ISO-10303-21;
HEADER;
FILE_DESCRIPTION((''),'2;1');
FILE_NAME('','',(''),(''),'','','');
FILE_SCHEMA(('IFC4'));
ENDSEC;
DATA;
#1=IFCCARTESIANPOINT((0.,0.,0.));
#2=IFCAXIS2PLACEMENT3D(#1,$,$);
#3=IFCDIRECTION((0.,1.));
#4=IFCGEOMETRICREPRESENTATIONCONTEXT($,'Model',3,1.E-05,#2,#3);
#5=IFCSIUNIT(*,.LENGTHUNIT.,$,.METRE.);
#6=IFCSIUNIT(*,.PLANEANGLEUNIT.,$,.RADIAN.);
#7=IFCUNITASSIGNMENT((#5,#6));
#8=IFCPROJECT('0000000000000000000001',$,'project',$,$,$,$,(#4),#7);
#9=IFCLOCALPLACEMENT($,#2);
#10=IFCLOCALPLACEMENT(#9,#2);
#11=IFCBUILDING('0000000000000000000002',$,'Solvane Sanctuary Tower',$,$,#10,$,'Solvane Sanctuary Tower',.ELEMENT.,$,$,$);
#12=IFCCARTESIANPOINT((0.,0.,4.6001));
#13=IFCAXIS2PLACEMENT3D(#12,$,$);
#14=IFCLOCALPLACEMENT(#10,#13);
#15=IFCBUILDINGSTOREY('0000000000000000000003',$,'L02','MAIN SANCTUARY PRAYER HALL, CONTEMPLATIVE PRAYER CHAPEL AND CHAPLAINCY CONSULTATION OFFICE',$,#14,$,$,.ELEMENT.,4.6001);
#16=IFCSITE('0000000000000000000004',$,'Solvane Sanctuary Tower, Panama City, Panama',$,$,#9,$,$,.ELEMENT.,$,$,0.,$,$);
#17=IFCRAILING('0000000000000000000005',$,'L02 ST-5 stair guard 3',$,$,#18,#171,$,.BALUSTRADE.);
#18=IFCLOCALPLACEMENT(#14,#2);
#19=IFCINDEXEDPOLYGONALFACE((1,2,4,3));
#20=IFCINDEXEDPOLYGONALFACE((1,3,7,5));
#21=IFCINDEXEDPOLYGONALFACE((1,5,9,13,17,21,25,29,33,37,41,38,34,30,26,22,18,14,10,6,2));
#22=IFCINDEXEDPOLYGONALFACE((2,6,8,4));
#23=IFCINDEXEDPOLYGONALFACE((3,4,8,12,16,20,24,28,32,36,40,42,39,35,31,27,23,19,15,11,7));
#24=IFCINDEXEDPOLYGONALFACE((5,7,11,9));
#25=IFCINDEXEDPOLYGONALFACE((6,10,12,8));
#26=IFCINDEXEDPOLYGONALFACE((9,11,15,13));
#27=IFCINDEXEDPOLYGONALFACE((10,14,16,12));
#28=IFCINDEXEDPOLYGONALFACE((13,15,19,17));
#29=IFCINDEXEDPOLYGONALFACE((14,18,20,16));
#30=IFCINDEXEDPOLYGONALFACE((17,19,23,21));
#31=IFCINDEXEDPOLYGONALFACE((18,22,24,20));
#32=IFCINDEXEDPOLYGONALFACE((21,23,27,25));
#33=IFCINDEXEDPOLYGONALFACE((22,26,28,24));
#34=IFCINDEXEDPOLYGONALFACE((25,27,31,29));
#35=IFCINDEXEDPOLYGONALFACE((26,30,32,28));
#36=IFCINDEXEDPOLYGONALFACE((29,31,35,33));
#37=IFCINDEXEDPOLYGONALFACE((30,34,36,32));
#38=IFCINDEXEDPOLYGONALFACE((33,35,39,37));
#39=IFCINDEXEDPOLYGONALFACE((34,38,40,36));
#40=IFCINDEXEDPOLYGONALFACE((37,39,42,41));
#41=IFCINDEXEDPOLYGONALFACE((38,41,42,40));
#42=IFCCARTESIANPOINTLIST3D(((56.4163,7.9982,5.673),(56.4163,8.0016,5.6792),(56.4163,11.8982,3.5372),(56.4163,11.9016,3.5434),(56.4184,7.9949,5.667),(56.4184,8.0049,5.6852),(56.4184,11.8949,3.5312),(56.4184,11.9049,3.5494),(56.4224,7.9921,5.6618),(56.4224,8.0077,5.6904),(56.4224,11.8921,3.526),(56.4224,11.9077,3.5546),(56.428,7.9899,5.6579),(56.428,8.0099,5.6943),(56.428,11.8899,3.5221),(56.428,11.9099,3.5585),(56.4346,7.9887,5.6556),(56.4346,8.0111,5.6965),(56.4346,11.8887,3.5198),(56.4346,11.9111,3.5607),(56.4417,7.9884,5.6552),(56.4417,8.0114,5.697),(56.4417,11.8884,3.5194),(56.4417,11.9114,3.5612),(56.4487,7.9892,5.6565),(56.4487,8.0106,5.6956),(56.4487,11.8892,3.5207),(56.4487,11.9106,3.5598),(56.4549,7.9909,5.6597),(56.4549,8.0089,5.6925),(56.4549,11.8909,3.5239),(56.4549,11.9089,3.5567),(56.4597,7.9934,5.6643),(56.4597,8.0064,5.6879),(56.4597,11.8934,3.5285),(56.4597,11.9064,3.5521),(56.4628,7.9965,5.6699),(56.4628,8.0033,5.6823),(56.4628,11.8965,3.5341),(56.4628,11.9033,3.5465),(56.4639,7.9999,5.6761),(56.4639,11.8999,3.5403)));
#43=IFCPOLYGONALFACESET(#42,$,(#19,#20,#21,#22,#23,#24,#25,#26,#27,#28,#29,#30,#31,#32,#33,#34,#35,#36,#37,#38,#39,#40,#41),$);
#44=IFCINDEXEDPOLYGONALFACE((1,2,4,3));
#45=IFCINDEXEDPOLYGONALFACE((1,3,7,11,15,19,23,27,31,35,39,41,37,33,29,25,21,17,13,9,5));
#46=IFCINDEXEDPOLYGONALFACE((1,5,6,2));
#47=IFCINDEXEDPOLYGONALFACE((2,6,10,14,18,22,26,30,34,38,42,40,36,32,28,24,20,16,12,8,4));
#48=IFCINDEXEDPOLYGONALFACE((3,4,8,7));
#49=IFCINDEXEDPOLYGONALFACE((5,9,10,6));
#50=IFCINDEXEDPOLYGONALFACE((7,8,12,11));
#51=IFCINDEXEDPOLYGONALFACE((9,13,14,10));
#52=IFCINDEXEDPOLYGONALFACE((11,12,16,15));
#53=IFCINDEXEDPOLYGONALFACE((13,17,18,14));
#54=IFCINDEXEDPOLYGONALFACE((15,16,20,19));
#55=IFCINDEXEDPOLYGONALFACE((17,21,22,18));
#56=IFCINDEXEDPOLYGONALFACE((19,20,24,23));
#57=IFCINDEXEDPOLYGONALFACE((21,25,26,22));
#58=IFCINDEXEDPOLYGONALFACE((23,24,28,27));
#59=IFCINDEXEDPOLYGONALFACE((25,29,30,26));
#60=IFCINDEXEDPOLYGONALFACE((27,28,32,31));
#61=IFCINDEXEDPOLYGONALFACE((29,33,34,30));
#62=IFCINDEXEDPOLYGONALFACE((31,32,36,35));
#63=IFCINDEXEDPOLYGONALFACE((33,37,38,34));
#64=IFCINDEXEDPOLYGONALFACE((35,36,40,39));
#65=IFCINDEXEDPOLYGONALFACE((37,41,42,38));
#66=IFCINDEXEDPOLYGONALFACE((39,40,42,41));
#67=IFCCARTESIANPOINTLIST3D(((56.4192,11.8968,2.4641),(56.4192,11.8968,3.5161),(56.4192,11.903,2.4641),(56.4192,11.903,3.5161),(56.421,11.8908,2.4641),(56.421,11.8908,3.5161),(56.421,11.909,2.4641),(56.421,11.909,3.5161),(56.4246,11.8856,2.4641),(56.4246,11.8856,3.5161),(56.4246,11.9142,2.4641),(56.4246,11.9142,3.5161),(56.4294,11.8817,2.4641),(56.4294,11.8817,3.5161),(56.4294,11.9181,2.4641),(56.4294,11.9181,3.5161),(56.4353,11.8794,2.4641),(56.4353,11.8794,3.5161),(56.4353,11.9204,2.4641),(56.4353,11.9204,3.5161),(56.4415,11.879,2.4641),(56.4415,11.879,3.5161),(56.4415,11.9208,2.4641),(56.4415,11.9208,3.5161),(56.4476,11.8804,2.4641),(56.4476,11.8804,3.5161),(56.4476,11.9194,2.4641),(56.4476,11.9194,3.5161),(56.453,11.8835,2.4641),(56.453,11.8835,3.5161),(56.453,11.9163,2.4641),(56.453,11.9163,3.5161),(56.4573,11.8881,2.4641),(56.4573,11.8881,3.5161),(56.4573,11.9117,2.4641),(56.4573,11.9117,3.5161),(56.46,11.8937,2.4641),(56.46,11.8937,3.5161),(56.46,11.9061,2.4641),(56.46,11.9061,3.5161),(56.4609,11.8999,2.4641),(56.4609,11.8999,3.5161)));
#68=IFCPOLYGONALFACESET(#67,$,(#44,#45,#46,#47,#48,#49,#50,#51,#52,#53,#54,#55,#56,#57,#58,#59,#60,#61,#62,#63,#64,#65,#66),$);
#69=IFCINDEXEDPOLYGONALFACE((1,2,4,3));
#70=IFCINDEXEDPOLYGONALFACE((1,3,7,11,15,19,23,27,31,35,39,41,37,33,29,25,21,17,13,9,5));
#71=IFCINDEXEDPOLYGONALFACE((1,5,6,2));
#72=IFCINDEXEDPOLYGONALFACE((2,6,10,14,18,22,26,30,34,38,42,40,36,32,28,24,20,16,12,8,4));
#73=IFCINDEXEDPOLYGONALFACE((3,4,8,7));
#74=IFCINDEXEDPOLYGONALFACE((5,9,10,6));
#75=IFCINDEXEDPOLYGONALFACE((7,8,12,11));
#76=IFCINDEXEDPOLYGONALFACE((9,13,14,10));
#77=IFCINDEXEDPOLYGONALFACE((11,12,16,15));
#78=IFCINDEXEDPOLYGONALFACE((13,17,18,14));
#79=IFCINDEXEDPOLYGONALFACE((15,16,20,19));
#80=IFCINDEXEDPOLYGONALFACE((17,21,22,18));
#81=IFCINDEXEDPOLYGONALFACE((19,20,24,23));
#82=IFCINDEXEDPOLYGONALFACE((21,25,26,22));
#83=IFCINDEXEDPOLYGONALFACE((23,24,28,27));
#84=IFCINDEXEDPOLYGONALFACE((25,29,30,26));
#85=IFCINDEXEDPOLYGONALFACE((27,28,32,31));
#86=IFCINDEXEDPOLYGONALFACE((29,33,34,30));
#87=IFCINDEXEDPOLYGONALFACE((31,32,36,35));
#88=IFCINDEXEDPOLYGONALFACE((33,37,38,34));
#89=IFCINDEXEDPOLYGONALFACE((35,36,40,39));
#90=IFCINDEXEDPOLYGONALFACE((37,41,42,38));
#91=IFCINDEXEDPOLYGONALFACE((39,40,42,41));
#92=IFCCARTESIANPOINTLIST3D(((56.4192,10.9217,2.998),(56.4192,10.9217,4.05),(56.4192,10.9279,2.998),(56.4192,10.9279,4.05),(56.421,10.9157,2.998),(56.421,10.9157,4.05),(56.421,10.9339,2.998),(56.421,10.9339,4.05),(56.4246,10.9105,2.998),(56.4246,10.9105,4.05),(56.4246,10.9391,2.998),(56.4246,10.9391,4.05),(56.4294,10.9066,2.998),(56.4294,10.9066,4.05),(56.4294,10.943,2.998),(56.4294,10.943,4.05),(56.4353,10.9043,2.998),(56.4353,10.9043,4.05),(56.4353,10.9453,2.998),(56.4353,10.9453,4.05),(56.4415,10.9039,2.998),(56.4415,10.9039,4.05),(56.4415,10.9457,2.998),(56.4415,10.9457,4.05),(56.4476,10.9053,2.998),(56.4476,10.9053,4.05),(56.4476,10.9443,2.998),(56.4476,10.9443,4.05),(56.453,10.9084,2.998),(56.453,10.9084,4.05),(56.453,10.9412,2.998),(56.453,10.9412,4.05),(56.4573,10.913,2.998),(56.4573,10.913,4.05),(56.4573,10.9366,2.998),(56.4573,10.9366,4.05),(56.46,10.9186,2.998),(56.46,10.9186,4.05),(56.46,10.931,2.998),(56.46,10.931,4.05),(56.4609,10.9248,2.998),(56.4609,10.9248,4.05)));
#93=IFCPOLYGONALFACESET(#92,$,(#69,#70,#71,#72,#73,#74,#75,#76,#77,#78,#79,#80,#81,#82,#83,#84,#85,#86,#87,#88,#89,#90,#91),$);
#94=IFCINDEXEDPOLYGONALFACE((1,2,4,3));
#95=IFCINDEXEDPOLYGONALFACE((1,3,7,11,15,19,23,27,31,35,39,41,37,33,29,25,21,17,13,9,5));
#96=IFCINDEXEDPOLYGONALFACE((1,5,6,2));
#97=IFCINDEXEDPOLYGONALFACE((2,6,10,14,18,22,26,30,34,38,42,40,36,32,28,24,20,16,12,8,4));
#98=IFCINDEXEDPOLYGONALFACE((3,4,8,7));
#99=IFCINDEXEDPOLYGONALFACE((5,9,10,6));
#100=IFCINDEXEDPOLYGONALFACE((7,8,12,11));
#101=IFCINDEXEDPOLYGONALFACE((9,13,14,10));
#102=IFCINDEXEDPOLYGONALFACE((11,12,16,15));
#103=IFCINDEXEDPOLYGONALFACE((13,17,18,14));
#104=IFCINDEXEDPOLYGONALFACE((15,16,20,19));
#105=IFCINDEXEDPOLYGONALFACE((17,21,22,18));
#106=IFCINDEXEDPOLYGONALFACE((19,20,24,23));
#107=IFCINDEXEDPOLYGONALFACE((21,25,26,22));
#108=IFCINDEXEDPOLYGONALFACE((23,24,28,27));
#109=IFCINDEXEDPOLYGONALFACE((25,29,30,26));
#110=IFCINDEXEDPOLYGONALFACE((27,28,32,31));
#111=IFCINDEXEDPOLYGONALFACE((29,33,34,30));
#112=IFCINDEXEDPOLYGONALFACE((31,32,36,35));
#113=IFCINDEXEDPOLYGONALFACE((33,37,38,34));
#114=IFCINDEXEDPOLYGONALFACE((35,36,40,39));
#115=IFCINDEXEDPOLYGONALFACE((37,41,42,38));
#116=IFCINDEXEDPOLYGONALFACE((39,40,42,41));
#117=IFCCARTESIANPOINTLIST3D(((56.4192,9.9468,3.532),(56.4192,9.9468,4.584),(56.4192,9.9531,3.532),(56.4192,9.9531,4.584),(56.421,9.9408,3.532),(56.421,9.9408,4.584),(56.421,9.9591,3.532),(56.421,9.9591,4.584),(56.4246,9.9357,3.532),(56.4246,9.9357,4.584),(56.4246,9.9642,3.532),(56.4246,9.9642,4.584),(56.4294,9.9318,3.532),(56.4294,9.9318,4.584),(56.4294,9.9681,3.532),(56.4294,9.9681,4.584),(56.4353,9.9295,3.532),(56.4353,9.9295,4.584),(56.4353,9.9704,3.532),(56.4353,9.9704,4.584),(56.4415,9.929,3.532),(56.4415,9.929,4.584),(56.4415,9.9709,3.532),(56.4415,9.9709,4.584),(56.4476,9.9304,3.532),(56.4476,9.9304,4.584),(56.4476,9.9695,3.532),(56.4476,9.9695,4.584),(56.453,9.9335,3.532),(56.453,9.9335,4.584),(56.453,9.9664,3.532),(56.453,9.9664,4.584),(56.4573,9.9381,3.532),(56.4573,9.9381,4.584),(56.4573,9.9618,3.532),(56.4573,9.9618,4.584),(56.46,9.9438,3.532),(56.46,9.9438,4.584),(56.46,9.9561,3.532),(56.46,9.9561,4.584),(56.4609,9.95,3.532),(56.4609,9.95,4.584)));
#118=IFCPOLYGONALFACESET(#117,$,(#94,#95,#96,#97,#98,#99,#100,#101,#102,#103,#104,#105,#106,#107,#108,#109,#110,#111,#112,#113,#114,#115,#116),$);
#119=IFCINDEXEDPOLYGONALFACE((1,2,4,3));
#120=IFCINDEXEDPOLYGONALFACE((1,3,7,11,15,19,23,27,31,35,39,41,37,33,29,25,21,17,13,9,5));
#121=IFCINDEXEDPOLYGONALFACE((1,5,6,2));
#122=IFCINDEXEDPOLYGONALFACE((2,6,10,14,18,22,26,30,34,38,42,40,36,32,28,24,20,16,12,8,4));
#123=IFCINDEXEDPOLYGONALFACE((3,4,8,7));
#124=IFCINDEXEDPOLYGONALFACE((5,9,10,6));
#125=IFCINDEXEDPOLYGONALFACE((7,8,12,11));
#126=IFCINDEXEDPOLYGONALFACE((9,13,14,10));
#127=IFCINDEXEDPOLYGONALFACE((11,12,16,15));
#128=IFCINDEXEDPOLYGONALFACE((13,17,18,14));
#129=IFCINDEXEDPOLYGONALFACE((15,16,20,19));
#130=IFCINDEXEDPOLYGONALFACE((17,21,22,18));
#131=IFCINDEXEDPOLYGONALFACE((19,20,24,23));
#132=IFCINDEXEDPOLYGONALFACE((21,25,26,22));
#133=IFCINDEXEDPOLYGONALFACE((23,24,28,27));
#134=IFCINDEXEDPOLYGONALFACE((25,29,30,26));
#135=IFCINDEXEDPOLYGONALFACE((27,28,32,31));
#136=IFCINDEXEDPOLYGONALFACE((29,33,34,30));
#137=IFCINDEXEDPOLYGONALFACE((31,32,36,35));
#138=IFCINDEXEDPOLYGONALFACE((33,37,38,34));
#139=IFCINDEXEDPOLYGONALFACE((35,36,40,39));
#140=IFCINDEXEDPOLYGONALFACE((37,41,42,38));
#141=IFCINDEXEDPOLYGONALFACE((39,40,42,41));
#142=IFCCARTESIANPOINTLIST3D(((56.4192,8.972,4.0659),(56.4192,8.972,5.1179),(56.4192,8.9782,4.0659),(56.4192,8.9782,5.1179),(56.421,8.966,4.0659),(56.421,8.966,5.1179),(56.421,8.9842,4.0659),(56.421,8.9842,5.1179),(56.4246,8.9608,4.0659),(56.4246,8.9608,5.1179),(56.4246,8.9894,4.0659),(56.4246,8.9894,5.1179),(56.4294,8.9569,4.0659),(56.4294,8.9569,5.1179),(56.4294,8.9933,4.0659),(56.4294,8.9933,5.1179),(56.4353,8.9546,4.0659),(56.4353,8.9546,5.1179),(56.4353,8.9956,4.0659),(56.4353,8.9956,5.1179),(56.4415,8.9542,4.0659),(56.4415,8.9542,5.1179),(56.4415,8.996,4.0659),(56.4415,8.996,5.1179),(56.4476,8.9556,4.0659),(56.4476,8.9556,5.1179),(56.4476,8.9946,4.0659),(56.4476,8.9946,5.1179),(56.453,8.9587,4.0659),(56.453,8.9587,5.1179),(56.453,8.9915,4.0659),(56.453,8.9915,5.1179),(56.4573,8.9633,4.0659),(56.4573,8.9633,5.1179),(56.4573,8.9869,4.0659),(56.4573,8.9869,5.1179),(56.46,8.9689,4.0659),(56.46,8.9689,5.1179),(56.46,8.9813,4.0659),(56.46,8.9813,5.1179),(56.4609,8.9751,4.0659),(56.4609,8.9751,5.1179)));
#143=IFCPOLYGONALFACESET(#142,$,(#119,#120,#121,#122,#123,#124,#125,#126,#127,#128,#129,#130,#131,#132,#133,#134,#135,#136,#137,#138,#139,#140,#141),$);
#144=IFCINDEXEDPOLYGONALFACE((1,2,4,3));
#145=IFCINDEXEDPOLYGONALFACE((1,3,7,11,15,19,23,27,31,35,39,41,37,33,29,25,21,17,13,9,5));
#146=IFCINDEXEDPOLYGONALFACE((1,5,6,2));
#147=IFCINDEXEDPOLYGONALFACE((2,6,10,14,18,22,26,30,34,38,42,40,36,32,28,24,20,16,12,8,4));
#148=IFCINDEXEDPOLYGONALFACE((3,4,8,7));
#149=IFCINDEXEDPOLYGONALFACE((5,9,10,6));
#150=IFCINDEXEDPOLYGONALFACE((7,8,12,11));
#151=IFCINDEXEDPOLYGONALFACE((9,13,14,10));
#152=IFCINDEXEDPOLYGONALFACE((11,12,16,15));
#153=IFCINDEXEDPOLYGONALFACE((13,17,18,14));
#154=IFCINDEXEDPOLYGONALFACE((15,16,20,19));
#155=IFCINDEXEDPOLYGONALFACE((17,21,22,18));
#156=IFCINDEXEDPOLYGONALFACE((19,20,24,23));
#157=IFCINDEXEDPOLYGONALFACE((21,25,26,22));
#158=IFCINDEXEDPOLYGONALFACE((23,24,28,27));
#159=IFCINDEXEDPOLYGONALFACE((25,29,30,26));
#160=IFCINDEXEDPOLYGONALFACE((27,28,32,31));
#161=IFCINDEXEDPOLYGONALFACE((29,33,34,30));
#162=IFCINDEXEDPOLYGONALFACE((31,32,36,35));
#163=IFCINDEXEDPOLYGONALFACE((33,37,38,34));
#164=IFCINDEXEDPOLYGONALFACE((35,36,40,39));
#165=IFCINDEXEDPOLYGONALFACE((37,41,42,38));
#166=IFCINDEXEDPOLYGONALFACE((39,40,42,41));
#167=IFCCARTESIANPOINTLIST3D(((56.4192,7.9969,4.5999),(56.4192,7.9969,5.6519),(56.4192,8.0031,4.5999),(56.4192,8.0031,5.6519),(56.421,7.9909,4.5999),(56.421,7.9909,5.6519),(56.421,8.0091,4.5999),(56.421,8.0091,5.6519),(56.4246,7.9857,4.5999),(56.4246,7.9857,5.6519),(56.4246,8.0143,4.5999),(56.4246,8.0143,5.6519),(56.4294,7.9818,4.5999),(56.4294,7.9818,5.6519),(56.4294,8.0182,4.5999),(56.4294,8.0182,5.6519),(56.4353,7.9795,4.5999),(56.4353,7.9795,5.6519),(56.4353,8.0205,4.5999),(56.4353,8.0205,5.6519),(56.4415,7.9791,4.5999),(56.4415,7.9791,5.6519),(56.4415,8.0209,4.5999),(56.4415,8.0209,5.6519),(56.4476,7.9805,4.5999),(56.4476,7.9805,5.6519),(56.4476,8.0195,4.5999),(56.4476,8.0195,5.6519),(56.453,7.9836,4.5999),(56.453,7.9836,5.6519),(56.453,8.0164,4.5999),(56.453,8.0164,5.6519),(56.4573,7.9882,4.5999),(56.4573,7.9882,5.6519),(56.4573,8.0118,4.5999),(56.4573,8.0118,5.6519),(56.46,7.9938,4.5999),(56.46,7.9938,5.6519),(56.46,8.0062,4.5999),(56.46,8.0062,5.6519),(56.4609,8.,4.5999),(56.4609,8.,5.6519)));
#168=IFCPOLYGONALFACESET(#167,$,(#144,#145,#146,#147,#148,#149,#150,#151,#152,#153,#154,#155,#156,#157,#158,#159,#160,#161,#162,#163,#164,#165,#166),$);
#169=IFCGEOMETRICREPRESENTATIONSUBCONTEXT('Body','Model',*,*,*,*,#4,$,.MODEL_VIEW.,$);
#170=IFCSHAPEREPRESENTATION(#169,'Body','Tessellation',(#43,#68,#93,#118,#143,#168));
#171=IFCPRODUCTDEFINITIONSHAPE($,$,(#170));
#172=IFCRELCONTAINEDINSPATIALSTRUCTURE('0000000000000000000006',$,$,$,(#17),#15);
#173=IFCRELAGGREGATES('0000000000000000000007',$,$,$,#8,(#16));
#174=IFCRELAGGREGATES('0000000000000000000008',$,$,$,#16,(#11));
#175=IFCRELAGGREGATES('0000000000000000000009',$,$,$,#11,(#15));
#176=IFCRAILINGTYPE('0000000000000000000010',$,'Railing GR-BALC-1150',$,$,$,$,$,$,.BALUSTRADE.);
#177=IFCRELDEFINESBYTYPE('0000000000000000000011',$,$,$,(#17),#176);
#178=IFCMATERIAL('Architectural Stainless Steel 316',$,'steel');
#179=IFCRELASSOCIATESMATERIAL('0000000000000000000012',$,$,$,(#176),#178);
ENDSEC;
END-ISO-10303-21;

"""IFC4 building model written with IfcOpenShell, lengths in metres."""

from ifc_helpers import new_model, si_unit, direction, frame, origin, origin_2d, place, context, subcontext, project, spatial, circle, extrude, material, type_object, element, save


model = new_model("IFC4")

# Units and contexts
model_context = context("Model", 3, precision=1e-05, world=origin(), true_north=direction((0.0, 1.0)))
body_context = subcontext(model_context, "Body", "Model", "MODEL_VIEW")
ifc_project = project(units=[si_unit("LENGTHUNIT", "METRE"), si_unit("PLANEANGLEUNIT", "RADIAN")], contexts=[model_context])

# Site, building, storey
site_placement = place(None, origin())
site = spatial("IfcSite", under=ifc_project, at=site_placement, Name="Solvane Sanctuary Tower, Panama City, Panama", CompositionType="ELEMENT", RefElevation=0.0)
building_placement = place(site_placement, origin())
building = spatial("IfcBuilding", under=site, at=building_placement, Name="Solvane Sanctuary Tower", LongName="Solvane Sanctuary Tower", CompositionType="ELEMENT")
storey_placement = place(building_placement, frame((0.0, 0.0, 4.6001)))
storey = spatial("IfcBuildingStorey", under=building, at=storey_placement, Name="L02", Description="MAIN SANCTUARY PRAYER HALL, CONTEMPLATIVE PRAYER CHAPEL AND CHAPLAINCY CONSULTATION OFFICE", CompositionType="ELEMENT", Elevation=4.6001)

# Shared definitions
ifc_material_1 = material(Name="Architectural Stainless Steel 316", Category="steel")

# Railing
railing_type_1 = type_object("IfcRailingType", Name="Railing GR-BALC-1150", PredefinedType="BALUSTRADE", material=ifc_material_1)
railing_1_placement = place(storey_placement, frame((56.4399, 11.8999, 2.4641)))
element("IfcRailing", 1, at=railing_1_placement, inside=storey, type_object=railing_type_1, Name="L02 ST-5 stair guard 3", PredefinedType="BALUSTRADE", context=body_context, shape_type="SweptSolid", body=[
    extrude(circle(Radius=0.0239, at=origin_2d()), frame((0.0, 0.0, 1.0762), z_axis=(0.0, -0.877089, 0.480329), x_axis=(1.0, 0.0, 0.0)), (0.0, 0.0, 1.0), 4.4465),
    extrude(circle(Radius=0.021, at=origin_2d()), origin(), (0.0, 0.0, 1.0), 1.052),
    extrude(circle(Radius=0.021, at=origin_2d()), frame((0.0, -0.9751, 0.5339)), (0.0, 0.0, 1.0), 1.052),
    extrude(circle(Radius=0.021, at=origin_2d()), frame((0.0, -1.95, 1.0679)), (0.0, 0.0, 1.0), 1.052),
    extrude(circle(Radius=0.021, at=origin_2d()), frame((0.0, -2.9248, 1.6018)), (0.0, 0.0, 1.0), 1.052),
    extrude(circle(Radius=0.021, at=origin_2d()), frame((0.0, -3.8999, 2.1357)), (0.0, 0.0, 1.0), 1.052),
])

save(model, "model.ifc")
